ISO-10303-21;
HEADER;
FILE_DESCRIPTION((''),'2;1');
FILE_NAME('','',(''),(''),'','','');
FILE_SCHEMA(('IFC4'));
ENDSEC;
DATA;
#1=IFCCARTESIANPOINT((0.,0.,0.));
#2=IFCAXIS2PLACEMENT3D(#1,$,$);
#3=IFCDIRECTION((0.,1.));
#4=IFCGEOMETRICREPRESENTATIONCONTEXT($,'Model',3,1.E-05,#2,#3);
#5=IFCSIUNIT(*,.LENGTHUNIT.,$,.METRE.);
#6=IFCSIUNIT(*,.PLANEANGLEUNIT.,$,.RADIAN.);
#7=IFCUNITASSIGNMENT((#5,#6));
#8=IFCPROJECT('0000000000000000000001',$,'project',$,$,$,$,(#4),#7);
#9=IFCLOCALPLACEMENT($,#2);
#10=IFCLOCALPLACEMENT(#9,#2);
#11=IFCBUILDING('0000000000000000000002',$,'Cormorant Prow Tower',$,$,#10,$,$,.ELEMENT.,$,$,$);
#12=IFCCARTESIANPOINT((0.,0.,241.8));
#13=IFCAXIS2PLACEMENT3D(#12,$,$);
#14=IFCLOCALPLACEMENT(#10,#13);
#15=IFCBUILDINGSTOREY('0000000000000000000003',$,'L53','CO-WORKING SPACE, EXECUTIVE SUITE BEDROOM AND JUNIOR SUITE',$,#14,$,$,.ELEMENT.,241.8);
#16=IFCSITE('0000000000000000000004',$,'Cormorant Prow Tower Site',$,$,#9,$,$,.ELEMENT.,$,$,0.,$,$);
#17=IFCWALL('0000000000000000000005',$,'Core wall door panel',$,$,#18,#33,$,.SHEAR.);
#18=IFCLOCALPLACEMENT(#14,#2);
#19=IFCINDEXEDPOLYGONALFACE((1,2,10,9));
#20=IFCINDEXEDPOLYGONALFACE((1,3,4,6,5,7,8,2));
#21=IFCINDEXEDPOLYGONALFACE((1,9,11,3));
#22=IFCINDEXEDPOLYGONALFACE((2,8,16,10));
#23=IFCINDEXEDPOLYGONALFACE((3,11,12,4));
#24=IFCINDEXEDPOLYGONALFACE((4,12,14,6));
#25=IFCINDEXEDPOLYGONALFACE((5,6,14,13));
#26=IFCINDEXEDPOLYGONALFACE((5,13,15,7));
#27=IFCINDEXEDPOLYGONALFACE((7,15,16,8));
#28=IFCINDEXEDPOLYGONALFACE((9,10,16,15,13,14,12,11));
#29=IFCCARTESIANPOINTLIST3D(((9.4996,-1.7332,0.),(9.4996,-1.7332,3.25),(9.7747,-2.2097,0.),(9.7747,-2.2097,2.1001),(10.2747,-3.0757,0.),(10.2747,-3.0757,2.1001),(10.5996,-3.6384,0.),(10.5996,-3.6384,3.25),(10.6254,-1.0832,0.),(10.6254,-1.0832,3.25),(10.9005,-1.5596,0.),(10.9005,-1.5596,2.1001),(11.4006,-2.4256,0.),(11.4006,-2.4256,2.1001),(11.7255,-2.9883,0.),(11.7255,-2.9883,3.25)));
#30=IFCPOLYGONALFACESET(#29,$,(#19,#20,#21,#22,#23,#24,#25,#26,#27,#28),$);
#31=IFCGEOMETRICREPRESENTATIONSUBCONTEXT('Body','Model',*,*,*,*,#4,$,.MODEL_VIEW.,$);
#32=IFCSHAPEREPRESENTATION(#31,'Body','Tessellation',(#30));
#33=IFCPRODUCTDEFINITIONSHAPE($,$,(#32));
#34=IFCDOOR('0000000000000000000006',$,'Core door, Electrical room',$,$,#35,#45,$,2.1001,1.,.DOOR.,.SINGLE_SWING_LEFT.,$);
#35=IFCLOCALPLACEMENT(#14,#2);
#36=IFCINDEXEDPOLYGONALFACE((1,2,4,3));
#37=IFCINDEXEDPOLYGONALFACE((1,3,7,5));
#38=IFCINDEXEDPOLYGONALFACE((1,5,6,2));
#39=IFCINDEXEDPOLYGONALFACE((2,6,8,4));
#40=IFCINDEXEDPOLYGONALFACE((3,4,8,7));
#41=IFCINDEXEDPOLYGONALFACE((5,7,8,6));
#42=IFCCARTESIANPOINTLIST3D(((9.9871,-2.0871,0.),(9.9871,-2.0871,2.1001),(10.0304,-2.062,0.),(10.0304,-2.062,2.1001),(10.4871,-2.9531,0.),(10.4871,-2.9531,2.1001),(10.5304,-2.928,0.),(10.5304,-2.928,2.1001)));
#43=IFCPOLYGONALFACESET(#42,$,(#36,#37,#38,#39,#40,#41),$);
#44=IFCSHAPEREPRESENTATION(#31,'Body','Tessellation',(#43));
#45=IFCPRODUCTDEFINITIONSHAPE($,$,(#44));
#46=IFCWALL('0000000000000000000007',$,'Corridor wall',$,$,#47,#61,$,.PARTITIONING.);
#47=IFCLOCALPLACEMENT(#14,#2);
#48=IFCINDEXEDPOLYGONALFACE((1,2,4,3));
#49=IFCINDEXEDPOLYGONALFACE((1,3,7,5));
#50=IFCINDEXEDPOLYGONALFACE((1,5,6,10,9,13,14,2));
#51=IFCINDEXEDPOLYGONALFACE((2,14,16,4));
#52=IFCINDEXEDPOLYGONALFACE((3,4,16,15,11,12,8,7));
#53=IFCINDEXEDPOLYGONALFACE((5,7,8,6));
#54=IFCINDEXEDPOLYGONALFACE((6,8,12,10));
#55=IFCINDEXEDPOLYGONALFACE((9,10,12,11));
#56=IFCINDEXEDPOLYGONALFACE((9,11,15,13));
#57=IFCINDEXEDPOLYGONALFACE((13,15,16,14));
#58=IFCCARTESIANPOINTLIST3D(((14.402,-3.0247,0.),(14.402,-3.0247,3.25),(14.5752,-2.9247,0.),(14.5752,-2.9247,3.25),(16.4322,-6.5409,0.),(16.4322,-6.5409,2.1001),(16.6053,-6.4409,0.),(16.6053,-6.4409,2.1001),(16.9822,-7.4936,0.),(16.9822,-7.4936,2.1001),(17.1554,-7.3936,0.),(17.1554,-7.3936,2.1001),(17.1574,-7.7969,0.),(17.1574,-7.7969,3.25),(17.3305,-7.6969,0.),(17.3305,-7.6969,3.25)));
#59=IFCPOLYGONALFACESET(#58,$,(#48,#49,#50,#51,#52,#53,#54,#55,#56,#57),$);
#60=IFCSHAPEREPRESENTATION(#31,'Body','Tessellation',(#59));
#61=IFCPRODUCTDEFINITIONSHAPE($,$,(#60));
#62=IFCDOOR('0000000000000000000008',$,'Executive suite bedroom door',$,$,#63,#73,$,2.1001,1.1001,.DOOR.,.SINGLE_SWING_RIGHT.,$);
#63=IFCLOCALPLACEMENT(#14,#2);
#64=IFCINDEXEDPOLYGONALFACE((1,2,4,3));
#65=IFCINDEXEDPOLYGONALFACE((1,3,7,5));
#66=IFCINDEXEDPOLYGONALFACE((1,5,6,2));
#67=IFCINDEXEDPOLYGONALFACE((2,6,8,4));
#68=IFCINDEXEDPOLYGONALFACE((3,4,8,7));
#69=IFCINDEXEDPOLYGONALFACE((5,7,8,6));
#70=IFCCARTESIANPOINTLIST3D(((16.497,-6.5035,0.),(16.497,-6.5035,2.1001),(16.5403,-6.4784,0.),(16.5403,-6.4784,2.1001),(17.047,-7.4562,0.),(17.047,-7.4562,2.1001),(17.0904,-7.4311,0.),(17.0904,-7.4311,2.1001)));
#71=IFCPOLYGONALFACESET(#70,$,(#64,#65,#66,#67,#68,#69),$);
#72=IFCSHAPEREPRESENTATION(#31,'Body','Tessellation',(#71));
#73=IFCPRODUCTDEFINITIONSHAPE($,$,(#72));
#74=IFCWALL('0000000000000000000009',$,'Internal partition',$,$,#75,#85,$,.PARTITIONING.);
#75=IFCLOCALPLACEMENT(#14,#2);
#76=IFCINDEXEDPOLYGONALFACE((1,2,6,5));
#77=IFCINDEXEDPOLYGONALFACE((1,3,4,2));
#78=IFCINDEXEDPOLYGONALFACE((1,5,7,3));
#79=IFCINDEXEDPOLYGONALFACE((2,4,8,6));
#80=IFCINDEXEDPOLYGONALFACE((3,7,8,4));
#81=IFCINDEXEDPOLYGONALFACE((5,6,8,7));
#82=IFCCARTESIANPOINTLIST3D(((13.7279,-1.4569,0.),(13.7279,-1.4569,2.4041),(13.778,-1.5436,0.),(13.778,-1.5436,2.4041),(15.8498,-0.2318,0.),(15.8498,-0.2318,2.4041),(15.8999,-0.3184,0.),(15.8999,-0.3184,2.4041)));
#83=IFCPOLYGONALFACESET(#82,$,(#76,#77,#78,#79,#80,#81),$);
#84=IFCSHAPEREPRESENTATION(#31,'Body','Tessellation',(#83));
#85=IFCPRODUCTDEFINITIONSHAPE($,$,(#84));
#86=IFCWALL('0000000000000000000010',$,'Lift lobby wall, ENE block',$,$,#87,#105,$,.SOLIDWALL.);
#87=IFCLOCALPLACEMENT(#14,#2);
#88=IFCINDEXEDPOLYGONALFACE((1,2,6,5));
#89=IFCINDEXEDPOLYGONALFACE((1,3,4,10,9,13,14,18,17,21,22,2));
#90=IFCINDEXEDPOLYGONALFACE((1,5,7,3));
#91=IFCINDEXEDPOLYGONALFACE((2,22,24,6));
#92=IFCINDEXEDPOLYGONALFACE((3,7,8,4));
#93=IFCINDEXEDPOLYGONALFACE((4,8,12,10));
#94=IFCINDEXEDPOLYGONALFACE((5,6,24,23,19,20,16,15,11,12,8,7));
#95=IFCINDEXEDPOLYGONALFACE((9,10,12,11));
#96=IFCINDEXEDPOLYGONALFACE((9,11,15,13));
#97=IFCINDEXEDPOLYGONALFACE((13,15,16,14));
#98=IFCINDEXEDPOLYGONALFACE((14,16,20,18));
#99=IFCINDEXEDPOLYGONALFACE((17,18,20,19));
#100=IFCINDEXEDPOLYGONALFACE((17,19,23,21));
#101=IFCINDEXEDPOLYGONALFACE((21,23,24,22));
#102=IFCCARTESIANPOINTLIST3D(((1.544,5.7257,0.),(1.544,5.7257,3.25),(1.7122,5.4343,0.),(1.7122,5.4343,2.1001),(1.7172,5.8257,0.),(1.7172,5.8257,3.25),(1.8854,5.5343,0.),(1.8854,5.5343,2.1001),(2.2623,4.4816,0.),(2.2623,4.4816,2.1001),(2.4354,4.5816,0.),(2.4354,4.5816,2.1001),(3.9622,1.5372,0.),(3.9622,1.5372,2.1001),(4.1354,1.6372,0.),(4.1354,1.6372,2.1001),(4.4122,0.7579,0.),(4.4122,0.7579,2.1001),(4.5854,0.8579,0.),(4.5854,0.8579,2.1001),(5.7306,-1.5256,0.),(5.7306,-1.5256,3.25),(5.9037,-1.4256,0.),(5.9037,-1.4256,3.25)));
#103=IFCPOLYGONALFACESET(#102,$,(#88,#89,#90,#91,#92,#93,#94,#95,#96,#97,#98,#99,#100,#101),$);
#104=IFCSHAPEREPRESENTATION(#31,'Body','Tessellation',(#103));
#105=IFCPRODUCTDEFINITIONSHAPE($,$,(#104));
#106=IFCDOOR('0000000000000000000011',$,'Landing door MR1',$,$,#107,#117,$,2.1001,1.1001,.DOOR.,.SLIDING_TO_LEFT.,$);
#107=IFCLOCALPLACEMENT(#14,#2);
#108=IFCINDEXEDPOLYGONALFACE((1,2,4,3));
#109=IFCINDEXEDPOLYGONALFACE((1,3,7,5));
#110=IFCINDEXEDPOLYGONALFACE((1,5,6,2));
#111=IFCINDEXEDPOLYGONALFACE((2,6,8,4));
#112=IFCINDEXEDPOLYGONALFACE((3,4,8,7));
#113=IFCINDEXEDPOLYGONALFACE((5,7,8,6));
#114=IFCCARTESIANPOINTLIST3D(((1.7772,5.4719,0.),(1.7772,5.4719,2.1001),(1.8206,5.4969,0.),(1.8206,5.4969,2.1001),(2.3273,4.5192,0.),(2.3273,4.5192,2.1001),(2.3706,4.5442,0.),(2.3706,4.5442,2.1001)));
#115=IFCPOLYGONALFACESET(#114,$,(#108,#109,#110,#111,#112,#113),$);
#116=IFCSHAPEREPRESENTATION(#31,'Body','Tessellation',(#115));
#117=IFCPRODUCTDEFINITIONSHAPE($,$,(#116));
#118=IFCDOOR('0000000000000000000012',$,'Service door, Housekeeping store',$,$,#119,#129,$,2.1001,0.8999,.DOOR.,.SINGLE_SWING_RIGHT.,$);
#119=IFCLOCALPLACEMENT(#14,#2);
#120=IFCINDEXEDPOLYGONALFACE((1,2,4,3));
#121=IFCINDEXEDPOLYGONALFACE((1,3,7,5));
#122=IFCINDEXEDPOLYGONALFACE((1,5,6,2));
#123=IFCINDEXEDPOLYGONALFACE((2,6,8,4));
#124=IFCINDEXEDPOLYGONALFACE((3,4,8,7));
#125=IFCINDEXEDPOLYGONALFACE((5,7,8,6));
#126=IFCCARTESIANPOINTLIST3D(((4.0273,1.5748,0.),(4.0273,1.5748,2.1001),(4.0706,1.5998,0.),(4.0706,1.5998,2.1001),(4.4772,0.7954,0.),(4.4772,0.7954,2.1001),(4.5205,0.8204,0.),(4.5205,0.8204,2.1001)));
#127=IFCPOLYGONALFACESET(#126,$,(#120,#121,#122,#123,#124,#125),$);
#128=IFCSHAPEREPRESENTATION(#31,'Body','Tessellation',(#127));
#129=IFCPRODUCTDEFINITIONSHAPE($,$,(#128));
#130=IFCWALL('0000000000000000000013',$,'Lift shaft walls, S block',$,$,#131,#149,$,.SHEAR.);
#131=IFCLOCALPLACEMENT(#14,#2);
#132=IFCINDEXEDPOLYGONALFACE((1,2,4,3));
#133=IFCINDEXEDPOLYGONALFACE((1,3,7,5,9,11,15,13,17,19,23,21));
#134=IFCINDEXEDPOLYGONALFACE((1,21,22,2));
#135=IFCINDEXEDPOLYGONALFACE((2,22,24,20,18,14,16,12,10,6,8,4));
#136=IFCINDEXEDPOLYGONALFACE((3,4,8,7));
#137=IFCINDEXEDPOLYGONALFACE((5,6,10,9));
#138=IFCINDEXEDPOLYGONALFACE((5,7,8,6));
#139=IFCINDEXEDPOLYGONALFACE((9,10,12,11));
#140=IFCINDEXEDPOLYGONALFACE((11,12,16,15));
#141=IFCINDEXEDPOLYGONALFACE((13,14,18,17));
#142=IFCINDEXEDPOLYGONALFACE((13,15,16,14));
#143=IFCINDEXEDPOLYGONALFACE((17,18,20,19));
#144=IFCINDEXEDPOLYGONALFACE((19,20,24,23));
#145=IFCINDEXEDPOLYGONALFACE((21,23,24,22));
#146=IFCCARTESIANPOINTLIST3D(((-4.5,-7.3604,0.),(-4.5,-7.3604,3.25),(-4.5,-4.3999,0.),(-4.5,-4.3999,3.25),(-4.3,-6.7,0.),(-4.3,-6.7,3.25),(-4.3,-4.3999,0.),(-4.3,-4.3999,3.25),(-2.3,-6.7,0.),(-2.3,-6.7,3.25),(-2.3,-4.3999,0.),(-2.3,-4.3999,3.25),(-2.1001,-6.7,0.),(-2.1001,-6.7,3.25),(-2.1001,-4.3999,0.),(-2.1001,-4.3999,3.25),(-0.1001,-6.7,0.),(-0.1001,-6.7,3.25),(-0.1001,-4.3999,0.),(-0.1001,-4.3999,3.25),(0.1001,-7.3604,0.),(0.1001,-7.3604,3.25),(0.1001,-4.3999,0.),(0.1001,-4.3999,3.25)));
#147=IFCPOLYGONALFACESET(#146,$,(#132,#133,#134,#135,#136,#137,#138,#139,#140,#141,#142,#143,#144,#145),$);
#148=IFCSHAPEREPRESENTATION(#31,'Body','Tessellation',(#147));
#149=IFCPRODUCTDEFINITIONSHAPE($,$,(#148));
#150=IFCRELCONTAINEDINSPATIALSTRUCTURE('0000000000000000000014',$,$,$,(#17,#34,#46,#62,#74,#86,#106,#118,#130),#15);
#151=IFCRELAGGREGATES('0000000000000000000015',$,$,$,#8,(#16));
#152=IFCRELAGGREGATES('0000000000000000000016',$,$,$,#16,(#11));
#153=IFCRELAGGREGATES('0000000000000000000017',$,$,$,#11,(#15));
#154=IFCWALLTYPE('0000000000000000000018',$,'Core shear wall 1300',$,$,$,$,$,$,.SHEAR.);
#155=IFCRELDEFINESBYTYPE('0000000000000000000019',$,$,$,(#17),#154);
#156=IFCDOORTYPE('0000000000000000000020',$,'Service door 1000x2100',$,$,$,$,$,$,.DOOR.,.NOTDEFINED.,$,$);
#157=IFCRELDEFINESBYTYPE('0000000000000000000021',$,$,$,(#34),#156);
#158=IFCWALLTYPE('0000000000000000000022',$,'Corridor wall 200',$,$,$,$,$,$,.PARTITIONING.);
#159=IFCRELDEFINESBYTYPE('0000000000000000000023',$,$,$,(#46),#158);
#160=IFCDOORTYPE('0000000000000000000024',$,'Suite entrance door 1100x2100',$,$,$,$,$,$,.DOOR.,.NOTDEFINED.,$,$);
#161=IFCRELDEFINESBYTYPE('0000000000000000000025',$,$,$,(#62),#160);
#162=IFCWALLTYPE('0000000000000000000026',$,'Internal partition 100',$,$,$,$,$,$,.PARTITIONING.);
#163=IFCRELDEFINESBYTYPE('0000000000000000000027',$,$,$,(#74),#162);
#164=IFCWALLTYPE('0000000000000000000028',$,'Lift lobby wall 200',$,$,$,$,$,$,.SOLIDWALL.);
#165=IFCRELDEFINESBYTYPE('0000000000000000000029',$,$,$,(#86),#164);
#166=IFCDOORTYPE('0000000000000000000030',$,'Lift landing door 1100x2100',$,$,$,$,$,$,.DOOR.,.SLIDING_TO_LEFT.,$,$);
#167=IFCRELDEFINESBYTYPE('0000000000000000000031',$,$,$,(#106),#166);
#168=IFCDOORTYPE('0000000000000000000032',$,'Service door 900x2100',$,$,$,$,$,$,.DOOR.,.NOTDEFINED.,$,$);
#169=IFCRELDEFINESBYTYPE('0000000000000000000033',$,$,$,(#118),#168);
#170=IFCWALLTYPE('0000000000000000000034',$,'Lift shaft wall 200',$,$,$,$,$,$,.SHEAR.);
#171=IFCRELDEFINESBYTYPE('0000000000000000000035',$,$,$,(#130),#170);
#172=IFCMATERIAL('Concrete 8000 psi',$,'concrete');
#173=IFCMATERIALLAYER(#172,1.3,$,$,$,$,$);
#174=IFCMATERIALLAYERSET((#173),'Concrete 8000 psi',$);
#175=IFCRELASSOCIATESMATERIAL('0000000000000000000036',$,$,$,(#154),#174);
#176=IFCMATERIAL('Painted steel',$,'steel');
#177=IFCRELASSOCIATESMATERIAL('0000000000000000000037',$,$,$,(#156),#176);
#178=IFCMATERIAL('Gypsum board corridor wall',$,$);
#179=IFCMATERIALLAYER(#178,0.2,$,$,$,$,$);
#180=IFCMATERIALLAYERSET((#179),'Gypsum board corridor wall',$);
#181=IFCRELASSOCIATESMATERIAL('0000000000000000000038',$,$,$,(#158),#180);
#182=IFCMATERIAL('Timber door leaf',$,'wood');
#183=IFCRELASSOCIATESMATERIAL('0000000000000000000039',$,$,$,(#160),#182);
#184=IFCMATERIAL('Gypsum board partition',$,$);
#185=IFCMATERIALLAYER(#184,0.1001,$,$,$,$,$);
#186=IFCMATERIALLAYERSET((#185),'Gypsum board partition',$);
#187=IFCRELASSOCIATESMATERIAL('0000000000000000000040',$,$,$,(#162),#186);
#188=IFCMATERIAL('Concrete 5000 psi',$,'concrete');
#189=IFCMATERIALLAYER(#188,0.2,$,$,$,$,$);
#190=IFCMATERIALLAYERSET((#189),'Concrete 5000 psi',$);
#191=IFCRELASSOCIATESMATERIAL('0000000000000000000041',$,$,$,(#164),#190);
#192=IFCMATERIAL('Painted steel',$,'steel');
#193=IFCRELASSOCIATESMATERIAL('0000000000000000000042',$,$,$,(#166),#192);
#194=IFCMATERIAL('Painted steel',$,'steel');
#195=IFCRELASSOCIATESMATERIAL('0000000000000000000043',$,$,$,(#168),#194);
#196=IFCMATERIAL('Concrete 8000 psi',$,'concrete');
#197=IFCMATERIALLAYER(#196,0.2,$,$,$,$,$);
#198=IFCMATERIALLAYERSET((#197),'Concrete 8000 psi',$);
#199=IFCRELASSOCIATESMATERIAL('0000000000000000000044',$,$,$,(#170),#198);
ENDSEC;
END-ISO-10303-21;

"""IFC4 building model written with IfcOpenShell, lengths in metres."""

from ifc_helpers import new_model, si_unit, direction, frame, frame_2d, origin, place, context, subcontext, project, spatial, polyline, rectangle, outline, extrude, material, layer, layer_set, type_object, element, fill, save


model = new_model("IFC4")

# Units and contexts
model_context = context("Model", 3, precision=1e-05, world=origin(), true_north=direction((0.0, 1.0)))
body_context = subcontext(model_context, "Body", "Model", "MODEL_VIEW")
ifc_project = project(units=[si_unit("LENGTHUNIT", "METRE"), si_unit("PLANEANGLEUNIT", "RADIAN")], contexts=[model_context])

# Site, building, storey
site_placement = place(None, origin())
site = spatial("IfcSite", under=ifc_project, at=site_placement, Name="Cormorant Prow Tower Site", CompositionType="ELEMENT", RefElevation=0.0)
building_placement = place(site_placement, origin())
building = spatial("IfcBuilding", under=site, at=building_placement, Name="Cormorant Prow Tower", CompositionType="ELEMENT")
storey_placement = place(building_placement, frame((0.0, 0.0, 241.8)))
storey = spatial("IfcBuildingStorey", under=building, at=storey_placement, Name="L53", Description="CO-WORKING SPACE, EXECUTIVE SUITE BEDROOM AND JUNIOR SUITE", CompositionType="ELEMENT", Elevation=241.8)

# Shared definitions
ifc_material_1 = material(Name="Concrete 8000 psi", Category="concrete")
ifc_layer_1 = layer(ifc_material_1, 1.3)
ifc_layer_set_1 = layer_set([ifc_layer_1], Name="Concrete 8000 psi")
wall_type_1 = type_object("IfcWallType", Name="Core shear wall 1300", PredefinedType="SHEAR", material=ifc_layer_set_1)

# Walls, openings, doors
ifc_material_2 = material(Name="Painted steel", Category="steel")
door_type_1 = type_object("IfcDoorType", Name="Service door 1000x2100", OperationType="NOTDEFINED", PredefinedType="DOOR", material=ifc_material_2)
wall_1_placement = place(storey_placement, frame((11.1626, -3.3135, 0.0), z_axis=(0.0, 0.0, 1.0), x_axis=(-0.50003, 0.866008, 0.0)))
wall_1 = element("IfcWall", 1, at=wall_1_placement, inside=storey, type_object=wall_type_1, Name="Core wall door panel", PredefinedType="SHEAR", context=body_context, shape_type="SweptSolid", body=[
    extrude(rectangle(XDim=2.2, YDim=1.3, at=frame_2d((1.1001, 0.0))), origin(), (0.0, 0.0, 1.0), 3.25),
])
opening_1_placement = place(wall_1_placement, frame((0.6499, 0.0, 0.0)))
opening_1 = element("IfcOpeningElement", 2, at=opening_1_placement, cuts=wall_1, PredefinedType="OPENING", context=body_context, shape_type="SweptSolid", body=[
    extrude(rectangle(XDim=1.0, YDim=2.1001, at=frame_2d((0.5, 1.05))), frame((0.0, 0.6599, 0.0), z_axis=(0.0, -1.0, 0.0), x_axis=(1.0, 0.0, 0.0)), (0.0, 0.0, 1.0), 1.3201),
])
door_1_placement = place(opening_1_placement, origin())
door_1 = element("IfcDoor", 3, at=door_1_placement, inside=storey, type_object=door_type_1, Name="Core door, Electrical room", OperationType="SINGLE_SWING_LEFT", OverallHeight=2.1001, OverallWidth=1.0, PredefinedType="DOOR", context=body_context, shape_type="SweptSolid", body=[
    extrude(rectangle(XDim=1.0, YDim=2.1001, at=frame_2d((0.5, 1.05))), frame((0.0, 0.4048, 0.0), z_axis=(0.0, -1.0, 0.0), x_axis=(1.0, 0.0, 0.0)), (0.0, 0.0, 1.0), 0.05),
])
fill(opening_1, door_1)
ifc_material_3 = material(Name="Gypsum board corridor wall")
ifc_layer_2 = layer(ifc_material_3, 0.2)
ifc_layer_set_2 = layer_set([ifc_layer_2], Name="Gypsum board corridor wall")
wall_type_2 = type_object("IfcWallType", Name="Corridor wall 200", PredefinedType="PARTITIONING", material=ifc_layer_set_2)
wall_2_placement = place(storey_placement, frame((14.4885, -2.9746, 0.0), z_axis=(0.0, 0.0, 1.0), x_axis=(0.500018, -0.866015, 0.0)))
wall_2 = element("IfcWall", 4, at=wall_2_placement, inside=storey, type_object=wall_type_2, Name="Corridor wall", PredefinedType="PARTITIONING", context=body_context, shape_type="SweptSolid", body=[
    extrude(rectangle(XDim=5.5105, YDim=0.2, at=frame_2d((2.7554, 0.0))), origin(), (0.0, 0.0, 1.0), 3.25),
])
opening_2_placement = place(wall_2_placement, frame((4.0603, 0.0, 0.0)))
opening_2 = element("IfcOpeningElement", 5, at=opening_2_placement, cuts=wall_2, PredefinedType="OPENING", context=body_context, shape_type="SweptSolid", body=[
    extrude(rectangle(XDim=1.1001, YDim=2.1001, at=frame_2d((0.55, 1.05))), frame((0.0, 0.1099, 0.0), z_axis=(0.0, -1.0, 0.0), x_axis=(1.0, 0.0, 0.0)), (0.0, 0.0, 1.0), 0.22),
])
ifc_material_4 = material(Name="Timber door leaf", Category="wood")
door_type_2 = type_object("IfcDoorType", Name="Suite entrance door 1100x2100", OperationType="NOTDEFINED", PredefinedType="DOOR", material=ifc_material_4)
door_2_placement = place(opening_2_placement, origin())
door_2 = element("IfcDoor", 6, at=door_2_placement, inside=storey, type_object=door_type_2, Name="Executive suite bedroom door", OperationType="SINGLE_SWING_RIGHT", OverallHeight=2.1001, OverallWidth=1.1001, PredefinedType="DOOR", context=body_context, shape_type="SweptSolid", body=[
    extrude(rectangle(XDim=1.1001, YDim=2.1001, at=frame_2d((0.55, 1.05))), frame((0.0, 0.0249, 0.0), z_axis=(0.0, -1.0, 0.0), x_axis=(1.0, 0.0, 0.0)), (0.0, 0.0, 1.0), 0.05),
])
fill(opening_2, door_2)

# Wall
ifc_material_5 = material(Name="Gypsum board partition")
ifc_layer_3 = layer(ifc_material_5, 0.1001)
ifc_layer_set_3 = layer_set([ifc_layer_3], Name="Gypsum board partition")
wall_type_3 = type_object("IfcWallType", Name="Internal partition 100", PredefinedType="PARTITIONING", material=ifc_layer_set_3)
wall_3_placement = place(storey_placement, frame((13.7529, -1.5002, 0.0), z_axis=(0.0, 0.0, 1.0), x_axis=(0.866015, 0.500019, 0.0)))
element("IfcWall", 7, at=wall_3_placement, inside=storey, type_object=wall_type_3, Name="Internal partition", PredefinedType="PARTITIONING", context=body_context, shape_type="SweptSolid", body=[
    extrude(rectangle(XDim=2.4502, YDim=0.1001, at=frame_2d((1.2251, 0.0))), origin(), (0.0, 0.0, 1.0), 2.4041),
])

# Wall, openings, doors
ifc_material_6 = material(Name="Concrete 5000 psi", Category="concrete")
ifc_layer_4 = layer(ifc_material_6, 0.2)
ifc_layer_set_4 = layer_set([ifc_layer_4], Name="Concrete 5000 psi")
wall_type_4 = type_object("IfcWallType", Name="Lift lobby wall 200", PredefinedType="SOLIDWALL", material=ifc_layer_set_4)
wall_4_placement = place(storey_placement, frame((5.8171, -1.4756, 0.0), z_axis=(0.0, 0.0, 1.0), x_axis=(-0.500003, 0.866024, 0.0)))
wall_4 = element("IfcWall", 8, at=wall_4_placement, inside=storey, type_object=wall_type_4, Name="Lift lobby wall, ENE block", PredefinedType="SOLIDWALL", context=body_context, shape_type="SweptSolid", body=[
    extrude(rectangle(XDim=8.373, YDim=0.2, at=frame_2d((4.1865, 0.0))), origin(), (0.0, 0.0, 1.0), 3.25),
])
opening_3_placement = place(wall_4_placement, frame((2.6367, 0.0, 0.0)))
opening_3 = element("IfcOpeningElement", 9, at=opening_3_placement, cuts=wall_4, PredefinedType="OPENING", context=body_context, shape_type="SweptSolid", body=[
    extrude(rectangle(XDim=0.8999, YDim=2.1001, at=frame_2d((0.45, 1.05))), frame((0.0, 0.1099, 0.0), z_axis=(0.0, -1.0, 0.0), x_axis=(1.0, 0.0, 0.0)), (0.0, 0.0, 1.0), 0.22),
])
opening_4_placement = place(wall_4_placement, frame((6.9365, 0.0, 0.0)))
opening_4 = element("IfcOpeningElement", 10, at=opening_4_placement, cuts=wall_4, PredefinedType="OPENING", context=body_context, shape_type="SweptSolid", body=[
    extrude(rectangle(XDim=1.1001, YDim=2.1001, at=frame_2d((0.55, 1.05))), frame((0.0, 0.1099, 0.0), z_axis=(0.0, -1.0, 0.0), x_axis=(1.0, 0.0, 0.0)), (0.0, 0.0, 1.0), 0.22),
])
ifc_material_7 = material(Name="Painted steel", Category="steel")
door_type_3 = type_object("IfcDoorType", Name="Lift landing door 1100x2100", OperationType="SLIDING_TO_LEFT", PredefinedType="DOOR", material=ifc_material_7)
door_3_placement = place(opening_4_placement, origin())
door_3 = element("IfcDoor", 11, at=door_3_placement, inside=storey, type_object=door_type_3, Name="Landing door MR1", OperationType="SLIDING_TO_LEFT", OverallHeight=2.1001, OverallWidth=1.1001, PredefinedType="DOOR", context=body_context, shape_type="SweptSolid", body=[
    extrude(rectangle(XDim=1.1001, YDim=2.1001, at=frame_2d((0.55, 1.05))), frame((0.0, 0.0249, 0.0), z_axis=(0.0, -1.0, 0.0), x_axis=(1.0, 0.0, 0.0)), (0.0, 0.0, 1.0), 0.05),
])
fill(opening_4, door_3)
ifc_material_8 = material(Name="Painted steel", Category="steel")
door_type_4 = type_object("IfcDoorType", Name="Service door 900x2100", OperationType="NOTDEFINED", PredefinedType="DOOR", material=ifc_material_8)
door_4_placement = place(opening_3_placement, origin())
door_4 = element("IfcDoor", 12, at=door_4_placement, inside=storey, type_object=door_type_4, Name="Service door, Housekeeping store", OperationType="SINGLE_SWING_RIGHT", OverallHeight=2.1001, OverallWidth=0.8999, PredefinedType="DOOR", context=body_context, shape_type="SweptSolid", body=[
    extrude(rectangle(XDim=0.8999, YDim=2.1001, at=frame_2d((0.45, 1.05))), frame((0.0, 0.0249, 0.0), z_axis=(0.0, -1.0, 0.0), x_axis=(1.0, 0.0, 0.0)), (0.0, 0.0, 1.0), 0.05),
])
fill(opening_3, door_4)

# Wall
ifc_material_9 = material(Name="Concrete 8000 psi", Category="concrete")
ifc_layer_5 = layer(ifc_material_9, 0.2)
ifc_layer_set_5 = layer_set([ifc_layer_5], Name="Concrete 8000 psi")
wall_type_5 = type_object("IfcWallType", Name="Lift shaft wall 200", PredefinedType="SHEAR", material=ifc_layer_set_5)
wall_5_placement = place(storey_placement, origin())
element("IfcWall", 13, at=wall_5_placement, inside=storey, type_object=wall_type_5, Name="Lift shaft walls, S block", PredefinedType="SHEAR", context=body_context, shape_type="SweptSolid", body=[
    extrude(outline(polyline([(0.1001, -7.3604), (-4.5, -7.3604), (-4.5, -4.3999), (-4.3, -4.3999), (-4.3, -6.7), (-2.3, -6.7), (-2.3, -4.3999), (-2.1001, -4.3999), (-2.1001, -6.7), (-0.1001, -6.7), (-0.1001, -4.3999), (0.1001, -4.3999), (0.1001, -7.3604)])), origin(), (0.0, 0.0, 1.0), 3.25),
])

save(model, "model.ifc")
